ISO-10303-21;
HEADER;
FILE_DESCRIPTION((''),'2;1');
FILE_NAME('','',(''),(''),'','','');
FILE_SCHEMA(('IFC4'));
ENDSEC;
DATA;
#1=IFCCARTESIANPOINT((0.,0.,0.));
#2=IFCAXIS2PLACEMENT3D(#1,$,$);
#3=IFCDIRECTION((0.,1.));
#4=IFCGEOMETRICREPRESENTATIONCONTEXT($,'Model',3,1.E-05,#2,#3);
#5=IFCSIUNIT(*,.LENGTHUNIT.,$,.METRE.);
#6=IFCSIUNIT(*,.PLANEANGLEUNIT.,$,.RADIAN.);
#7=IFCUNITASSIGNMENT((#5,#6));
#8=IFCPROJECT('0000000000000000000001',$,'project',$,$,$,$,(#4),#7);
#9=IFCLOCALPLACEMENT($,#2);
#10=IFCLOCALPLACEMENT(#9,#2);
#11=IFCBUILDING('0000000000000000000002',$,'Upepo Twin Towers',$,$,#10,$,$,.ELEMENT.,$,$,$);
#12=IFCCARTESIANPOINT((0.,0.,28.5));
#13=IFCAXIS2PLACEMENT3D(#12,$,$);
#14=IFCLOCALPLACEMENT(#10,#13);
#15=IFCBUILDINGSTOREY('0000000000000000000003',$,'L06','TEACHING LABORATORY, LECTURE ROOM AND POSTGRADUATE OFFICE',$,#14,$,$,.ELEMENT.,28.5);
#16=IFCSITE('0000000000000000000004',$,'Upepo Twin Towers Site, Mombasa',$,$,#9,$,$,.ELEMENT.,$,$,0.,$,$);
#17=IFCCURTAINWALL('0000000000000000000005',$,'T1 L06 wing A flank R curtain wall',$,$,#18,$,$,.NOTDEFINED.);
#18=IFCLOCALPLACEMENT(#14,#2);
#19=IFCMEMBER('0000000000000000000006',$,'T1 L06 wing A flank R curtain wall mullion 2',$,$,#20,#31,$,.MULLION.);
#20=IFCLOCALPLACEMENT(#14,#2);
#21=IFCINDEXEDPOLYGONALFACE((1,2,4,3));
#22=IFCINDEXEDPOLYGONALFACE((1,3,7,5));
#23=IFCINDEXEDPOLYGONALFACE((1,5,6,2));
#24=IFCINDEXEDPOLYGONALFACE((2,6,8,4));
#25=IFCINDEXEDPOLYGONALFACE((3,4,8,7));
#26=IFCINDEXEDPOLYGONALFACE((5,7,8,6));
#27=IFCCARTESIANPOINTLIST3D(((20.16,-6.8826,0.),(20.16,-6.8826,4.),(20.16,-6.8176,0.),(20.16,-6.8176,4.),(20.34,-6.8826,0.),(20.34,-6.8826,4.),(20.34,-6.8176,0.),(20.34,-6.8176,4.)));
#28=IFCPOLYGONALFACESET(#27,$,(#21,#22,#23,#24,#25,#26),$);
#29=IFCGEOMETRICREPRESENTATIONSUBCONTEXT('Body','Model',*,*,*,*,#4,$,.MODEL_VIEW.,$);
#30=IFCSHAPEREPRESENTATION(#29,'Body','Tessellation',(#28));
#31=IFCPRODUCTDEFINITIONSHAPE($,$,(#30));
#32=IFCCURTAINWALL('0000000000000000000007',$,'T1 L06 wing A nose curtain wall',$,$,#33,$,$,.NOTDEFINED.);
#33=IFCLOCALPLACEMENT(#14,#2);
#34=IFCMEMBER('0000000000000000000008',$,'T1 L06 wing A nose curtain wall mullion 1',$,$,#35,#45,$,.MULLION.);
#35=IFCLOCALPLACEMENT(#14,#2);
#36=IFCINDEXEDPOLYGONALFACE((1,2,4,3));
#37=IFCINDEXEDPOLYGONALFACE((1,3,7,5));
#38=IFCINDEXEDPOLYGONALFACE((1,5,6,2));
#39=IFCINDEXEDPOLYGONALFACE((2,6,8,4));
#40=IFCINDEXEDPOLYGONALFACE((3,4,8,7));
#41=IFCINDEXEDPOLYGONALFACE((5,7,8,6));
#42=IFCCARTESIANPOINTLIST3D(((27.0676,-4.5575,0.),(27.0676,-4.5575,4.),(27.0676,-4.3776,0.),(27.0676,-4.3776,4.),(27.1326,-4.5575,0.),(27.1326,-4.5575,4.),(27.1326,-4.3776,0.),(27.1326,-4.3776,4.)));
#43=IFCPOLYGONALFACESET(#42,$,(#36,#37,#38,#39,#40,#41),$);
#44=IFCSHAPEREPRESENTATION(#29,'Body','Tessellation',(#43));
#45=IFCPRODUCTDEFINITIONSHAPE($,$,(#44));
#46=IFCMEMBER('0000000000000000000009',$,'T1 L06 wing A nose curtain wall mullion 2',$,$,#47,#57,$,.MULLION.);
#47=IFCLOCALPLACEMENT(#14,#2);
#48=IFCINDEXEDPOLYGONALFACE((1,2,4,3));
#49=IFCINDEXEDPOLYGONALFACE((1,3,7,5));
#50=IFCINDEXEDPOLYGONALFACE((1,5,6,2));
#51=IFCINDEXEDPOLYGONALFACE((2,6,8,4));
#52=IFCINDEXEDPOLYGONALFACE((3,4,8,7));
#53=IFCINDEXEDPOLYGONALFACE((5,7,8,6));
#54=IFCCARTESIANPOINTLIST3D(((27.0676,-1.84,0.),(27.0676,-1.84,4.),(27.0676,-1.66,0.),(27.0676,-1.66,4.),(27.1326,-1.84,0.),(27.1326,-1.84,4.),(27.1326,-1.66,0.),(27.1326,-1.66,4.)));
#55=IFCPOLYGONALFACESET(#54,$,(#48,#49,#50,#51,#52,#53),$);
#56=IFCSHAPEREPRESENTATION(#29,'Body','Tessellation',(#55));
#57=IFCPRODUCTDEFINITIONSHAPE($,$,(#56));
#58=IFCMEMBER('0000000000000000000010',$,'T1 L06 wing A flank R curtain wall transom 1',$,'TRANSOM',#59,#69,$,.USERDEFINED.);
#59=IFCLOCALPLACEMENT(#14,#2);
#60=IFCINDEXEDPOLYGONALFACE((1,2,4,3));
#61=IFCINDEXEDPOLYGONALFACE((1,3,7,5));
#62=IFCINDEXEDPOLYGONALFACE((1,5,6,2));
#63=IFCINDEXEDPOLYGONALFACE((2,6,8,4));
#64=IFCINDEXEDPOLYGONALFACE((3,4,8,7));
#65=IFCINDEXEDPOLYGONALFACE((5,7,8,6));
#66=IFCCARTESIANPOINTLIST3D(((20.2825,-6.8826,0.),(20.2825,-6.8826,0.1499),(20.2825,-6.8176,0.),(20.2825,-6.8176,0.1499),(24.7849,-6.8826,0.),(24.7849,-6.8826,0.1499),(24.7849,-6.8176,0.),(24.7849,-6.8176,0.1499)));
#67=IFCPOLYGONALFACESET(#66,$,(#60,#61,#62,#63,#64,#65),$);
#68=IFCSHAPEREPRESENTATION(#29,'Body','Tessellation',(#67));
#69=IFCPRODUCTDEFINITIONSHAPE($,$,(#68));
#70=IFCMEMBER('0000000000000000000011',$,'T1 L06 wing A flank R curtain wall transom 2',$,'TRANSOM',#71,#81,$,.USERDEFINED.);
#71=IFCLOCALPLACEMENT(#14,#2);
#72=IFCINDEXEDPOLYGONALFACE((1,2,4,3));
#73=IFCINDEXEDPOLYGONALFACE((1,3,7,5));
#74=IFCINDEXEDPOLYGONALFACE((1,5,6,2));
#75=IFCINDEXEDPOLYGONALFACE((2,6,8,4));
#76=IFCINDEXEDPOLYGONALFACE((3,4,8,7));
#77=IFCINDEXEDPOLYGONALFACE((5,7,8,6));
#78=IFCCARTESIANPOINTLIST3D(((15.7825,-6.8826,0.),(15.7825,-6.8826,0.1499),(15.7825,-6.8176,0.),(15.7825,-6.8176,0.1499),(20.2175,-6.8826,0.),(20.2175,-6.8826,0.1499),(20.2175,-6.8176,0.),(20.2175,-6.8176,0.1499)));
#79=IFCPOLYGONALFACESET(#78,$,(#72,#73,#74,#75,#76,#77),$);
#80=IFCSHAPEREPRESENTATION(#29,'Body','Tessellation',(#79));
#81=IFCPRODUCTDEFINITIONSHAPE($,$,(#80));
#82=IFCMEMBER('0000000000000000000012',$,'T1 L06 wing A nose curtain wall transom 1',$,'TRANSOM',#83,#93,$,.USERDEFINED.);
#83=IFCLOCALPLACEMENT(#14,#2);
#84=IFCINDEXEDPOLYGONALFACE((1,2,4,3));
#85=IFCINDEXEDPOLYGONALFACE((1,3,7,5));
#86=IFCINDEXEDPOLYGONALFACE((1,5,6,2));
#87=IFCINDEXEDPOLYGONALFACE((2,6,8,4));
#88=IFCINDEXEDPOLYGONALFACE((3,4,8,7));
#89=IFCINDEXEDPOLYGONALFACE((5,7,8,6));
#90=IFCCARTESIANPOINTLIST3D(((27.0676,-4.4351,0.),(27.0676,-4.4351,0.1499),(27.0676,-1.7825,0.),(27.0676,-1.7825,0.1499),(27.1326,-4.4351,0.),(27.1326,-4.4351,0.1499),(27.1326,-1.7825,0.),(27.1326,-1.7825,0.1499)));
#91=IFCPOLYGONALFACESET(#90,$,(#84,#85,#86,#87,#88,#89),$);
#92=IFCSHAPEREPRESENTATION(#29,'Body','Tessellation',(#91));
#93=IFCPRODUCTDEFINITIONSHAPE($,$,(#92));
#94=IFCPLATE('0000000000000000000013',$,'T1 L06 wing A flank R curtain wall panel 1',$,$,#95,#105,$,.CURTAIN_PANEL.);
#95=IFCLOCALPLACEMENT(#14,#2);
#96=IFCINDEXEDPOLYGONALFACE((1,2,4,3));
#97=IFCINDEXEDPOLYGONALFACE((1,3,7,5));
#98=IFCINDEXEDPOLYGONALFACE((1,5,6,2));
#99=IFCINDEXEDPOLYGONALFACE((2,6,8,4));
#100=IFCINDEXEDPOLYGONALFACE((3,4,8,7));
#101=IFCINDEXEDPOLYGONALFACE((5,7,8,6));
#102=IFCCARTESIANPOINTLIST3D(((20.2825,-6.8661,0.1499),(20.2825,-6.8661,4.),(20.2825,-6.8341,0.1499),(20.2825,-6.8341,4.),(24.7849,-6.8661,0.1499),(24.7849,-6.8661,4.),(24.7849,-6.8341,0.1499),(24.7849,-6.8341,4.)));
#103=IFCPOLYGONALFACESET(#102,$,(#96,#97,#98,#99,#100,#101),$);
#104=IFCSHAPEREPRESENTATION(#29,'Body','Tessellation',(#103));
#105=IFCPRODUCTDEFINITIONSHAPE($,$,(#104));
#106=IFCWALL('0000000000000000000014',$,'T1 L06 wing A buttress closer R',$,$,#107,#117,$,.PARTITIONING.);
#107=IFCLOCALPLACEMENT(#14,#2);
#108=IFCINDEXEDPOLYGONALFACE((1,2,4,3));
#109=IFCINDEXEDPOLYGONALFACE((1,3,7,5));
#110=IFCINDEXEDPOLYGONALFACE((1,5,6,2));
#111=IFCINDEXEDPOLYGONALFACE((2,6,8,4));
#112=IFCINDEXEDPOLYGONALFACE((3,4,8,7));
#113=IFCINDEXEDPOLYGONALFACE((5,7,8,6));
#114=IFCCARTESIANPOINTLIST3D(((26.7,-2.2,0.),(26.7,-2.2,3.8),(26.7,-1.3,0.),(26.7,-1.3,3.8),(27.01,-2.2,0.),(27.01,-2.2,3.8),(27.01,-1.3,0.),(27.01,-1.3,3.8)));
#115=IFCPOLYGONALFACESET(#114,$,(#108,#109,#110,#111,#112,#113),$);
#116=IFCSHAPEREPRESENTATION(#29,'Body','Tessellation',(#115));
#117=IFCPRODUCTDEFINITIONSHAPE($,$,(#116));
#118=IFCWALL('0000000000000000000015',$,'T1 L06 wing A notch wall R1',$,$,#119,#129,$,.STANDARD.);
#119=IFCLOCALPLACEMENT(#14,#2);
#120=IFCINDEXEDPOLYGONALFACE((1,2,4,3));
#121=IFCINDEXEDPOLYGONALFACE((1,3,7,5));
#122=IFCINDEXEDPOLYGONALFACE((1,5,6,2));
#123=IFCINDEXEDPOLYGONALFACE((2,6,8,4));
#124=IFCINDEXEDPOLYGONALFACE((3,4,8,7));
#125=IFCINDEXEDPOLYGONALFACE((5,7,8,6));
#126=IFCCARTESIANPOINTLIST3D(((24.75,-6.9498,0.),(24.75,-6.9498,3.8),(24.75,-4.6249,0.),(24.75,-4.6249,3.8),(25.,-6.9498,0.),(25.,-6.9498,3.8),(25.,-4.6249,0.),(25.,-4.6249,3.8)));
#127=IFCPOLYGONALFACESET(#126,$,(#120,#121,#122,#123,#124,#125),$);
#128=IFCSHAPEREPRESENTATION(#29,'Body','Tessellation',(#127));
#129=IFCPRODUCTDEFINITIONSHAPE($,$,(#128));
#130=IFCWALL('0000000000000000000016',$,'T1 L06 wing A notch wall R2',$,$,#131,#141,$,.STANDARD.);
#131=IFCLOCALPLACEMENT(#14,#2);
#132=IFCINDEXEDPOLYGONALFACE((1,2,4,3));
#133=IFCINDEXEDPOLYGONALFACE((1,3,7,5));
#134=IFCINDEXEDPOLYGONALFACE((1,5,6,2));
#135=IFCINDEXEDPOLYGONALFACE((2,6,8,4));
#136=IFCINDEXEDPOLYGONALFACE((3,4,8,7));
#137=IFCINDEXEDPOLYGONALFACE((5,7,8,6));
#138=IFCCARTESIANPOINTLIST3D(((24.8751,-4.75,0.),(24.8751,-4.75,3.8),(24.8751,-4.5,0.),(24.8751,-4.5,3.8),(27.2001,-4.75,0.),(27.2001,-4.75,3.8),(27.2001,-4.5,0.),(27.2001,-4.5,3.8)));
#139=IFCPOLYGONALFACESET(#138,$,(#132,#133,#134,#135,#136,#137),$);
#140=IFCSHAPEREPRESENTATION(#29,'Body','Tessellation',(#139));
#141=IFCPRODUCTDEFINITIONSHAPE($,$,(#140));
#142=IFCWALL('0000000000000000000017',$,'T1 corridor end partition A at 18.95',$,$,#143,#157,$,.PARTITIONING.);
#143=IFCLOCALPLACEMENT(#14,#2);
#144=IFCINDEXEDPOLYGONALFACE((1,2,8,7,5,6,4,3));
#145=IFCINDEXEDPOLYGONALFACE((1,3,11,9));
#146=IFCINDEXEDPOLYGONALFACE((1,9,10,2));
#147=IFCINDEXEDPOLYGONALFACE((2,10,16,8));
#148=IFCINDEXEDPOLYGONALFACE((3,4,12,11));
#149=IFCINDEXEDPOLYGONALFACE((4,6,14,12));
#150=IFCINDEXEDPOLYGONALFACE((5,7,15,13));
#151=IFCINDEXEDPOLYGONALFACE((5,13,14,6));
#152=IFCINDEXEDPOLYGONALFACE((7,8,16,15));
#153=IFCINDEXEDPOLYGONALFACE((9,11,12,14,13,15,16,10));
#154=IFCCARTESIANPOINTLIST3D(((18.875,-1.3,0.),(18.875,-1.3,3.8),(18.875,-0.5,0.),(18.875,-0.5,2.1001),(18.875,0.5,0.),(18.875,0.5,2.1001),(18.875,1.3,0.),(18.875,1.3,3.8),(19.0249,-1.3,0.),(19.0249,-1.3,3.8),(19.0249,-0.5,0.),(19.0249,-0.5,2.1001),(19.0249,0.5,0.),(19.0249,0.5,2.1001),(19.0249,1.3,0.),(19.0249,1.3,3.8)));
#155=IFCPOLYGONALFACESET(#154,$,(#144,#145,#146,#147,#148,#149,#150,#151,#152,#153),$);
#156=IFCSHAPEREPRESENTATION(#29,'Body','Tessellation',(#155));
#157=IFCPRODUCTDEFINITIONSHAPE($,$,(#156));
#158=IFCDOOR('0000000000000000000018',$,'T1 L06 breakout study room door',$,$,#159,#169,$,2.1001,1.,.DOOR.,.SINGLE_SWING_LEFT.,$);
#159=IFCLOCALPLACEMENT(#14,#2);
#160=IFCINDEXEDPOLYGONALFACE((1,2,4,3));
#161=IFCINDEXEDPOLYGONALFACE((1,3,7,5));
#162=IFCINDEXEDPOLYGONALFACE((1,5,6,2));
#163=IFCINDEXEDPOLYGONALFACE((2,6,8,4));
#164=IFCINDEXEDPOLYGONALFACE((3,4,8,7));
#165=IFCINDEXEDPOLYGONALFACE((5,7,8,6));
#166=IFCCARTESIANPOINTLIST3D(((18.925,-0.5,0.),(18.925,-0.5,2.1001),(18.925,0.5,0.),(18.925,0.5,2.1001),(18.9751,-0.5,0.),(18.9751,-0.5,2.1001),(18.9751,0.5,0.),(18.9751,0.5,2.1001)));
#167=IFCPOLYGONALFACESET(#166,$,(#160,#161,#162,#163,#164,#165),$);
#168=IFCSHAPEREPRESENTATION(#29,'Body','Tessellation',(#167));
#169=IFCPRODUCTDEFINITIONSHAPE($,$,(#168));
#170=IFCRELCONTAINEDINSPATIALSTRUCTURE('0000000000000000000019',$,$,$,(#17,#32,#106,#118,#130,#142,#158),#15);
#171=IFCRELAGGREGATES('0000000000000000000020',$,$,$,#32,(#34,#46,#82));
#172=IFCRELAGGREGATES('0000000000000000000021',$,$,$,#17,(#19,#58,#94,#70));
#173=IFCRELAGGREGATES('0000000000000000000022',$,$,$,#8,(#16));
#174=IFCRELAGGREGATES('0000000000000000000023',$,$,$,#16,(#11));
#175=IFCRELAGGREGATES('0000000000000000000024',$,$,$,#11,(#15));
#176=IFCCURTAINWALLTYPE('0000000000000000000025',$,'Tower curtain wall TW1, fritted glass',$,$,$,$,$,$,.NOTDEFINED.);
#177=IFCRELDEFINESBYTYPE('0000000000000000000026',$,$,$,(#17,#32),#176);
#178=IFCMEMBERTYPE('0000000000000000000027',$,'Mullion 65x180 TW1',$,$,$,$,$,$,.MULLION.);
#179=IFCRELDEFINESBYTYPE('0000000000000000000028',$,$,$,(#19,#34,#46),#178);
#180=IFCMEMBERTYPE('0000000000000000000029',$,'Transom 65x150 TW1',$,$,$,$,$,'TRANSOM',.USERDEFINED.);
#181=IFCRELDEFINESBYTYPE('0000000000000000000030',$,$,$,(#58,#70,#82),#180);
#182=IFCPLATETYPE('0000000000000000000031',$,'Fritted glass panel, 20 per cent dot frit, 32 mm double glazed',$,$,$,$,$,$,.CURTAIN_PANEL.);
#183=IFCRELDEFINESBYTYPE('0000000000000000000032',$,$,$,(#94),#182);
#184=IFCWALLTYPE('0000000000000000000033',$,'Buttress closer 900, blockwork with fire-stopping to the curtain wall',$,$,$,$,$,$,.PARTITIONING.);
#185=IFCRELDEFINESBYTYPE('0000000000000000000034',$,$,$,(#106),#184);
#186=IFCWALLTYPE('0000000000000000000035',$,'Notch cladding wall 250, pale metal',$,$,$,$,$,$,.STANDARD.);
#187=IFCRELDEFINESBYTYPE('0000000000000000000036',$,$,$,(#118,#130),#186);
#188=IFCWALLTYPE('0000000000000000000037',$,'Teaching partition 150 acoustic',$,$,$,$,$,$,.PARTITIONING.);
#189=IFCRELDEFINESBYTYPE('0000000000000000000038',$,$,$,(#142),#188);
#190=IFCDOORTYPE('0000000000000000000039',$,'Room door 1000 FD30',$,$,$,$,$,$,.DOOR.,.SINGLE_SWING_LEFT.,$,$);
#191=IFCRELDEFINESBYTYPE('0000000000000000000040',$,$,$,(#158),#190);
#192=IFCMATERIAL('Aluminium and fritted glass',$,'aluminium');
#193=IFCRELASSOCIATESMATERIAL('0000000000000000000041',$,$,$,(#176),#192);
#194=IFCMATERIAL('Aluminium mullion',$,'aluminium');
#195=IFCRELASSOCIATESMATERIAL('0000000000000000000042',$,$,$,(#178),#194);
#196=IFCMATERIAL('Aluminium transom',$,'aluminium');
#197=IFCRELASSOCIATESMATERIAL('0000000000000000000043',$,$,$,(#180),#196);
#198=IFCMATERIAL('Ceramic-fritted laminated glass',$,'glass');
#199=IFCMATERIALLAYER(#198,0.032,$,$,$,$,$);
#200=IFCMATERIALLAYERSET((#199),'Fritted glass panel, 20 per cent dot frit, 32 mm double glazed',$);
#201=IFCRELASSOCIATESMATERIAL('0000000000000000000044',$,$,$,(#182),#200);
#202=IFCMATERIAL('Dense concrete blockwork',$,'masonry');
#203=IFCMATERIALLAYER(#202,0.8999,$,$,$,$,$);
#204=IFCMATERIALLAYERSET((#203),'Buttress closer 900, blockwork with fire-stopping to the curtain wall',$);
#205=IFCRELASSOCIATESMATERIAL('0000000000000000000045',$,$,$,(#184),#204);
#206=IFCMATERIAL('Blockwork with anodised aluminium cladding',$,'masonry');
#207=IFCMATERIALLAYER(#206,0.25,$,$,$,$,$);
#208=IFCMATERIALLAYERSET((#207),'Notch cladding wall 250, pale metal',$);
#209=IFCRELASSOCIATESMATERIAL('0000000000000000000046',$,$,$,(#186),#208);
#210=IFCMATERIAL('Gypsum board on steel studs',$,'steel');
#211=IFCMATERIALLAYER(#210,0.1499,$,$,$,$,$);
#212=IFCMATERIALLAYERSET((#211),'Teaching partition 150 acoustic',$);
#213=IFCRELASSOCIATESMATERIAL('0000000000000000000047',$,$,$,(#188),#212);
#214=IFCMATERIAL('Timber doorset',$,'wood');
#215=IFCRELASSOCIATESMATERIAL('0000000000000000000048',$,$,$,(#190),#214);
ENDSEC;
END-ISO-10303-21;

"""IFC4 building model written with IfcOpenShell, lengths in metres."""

from ifc_helpers import new_model, si_unit, direction, frame, frame_2d, origin, origin_2d, place, context, subcontext, project, spatial, rectangle, extrude, material, layer, layer_set, material_profile, profile_set, type_object, element, fill, aggregate, save


model = new_model("IFC4")

# Units and contexts
model_context = context("Model", 3, precision=1e-05, world=origin(), true_north=direction((0.0, 1.0)))
body_context = subcontext(model_context, "Body", "Model", "MODEL_VIEW")
ifc_project = project(units=[si_unit("LENGTHUNIT", "METRE"), si_unit("PLANEANGLEUNIT", "RADIAN")], contexts=[model_context])

# Site, building, storey
site_placement = place(None, origin())
site = spatial("IfcSite", under=ifc_project, at=site_placement, Name="Upepo Twin Towers Site, Mombasa", CompositionType="ELEMENT", RefElevation=0.0)
building_placement = place(site_placement, origin())
building = spatial("IfcBuilding", under=site, at=building_placement, Name="Upepo Twin Towers", CompositionType="ELEMENT")
storey_placement = place(building_placement, frame((0.0, 0.0, 28.5)))
storey = spatial("IfcBuildingStorey", under=building, at=storey_placement, Name="L06", Description="TEACHING LABORATORY, LECTURE ROOM AND POSTGRADUATE OFFICE", CompositionType="ELEMENT", Elevation=28.5)

# Curtain walls, members
ifc_material_1 = material(Name="Aluminium and fritted glass", Category="aluminium")
curtain_wall_type = type_object("IfcCurtainWallType", Name="Tower curtain wall TW1, fritted glass", PredefinedType="NOTDEFINED", material=ifc_material_1)
curtain_wall_1_placement = place(storey_placement, origin())
curtain_wall_1 = element("IfcCurtainWall", 1, at=curtain_wall_1_placement, inside=storey, type_object=curtain_wall_type, Name="T1 L06 wing A flank R curtain wall", PredefinedType="NOTDEFINED")
ifc_material_2 = material(Name="Aluminium mullion", Category="aluminium")
ifc_material_profile_1 = material_profile(ifc_material_2, rectangle(XDim=0.0649, YDim=0.1799, at=origin_2d()), Name="MULLION 65x180")
ifc_profile_set_1 = profile_set([ifc_material_profile_1], Name="Aluminium mullion")
member_type_1 = type_object("IfcMemberType", Name="Mullion 65x180 TW1", PredefinedType="MULLION", material=ifc_profile_set_1)
member_1_placement = place(storey_placement, frame((20.25, -6.8501, 0.0), z_axis=(0.0, 0.0, 1.0), x_axis=(0.0, -1.0, 0.0)))
member_1 = element("IfcMember", 2, at=member_1_placement, type_object=member_type_1, Name="T1 L06 wing A flank R curtain wall mullion 2", PredefinedType="MULLION", context=body_context, shape_type="SweptSolid", body=[
    extrude(rectangle(XDim=0.0649, YDim=0.1799, at=origin_2d()), origin(), (0.0, 0.0, 1.0), 4.0),
])
curtain_wall_2_placement = place(storey_placement, origin())
curtain_wall_2 = element("IfcCurtainWall", 3, at=curtain_wall_2_placement, inside=storey, type_object=curtain_wall_type, Name="T1 L06 wing A nose curtain wall", PredefinedType="NOTDEFINED")
member_2_placement = place(storey_placement, frame((27.1001, -4.4675, 0.0), z_axis=(0.0, 0.0, 1.0), x_axis=(-1.0, 0.0, 0.0)))
member_2 = element("IfcMember", 4, at=member_2_placement, type_object=member_type_1, Name="T1 L06 wing A nose curtain wall mullion 1", PredefinedType="MULLION", context=body_context, shape_type="SweptSolid", body=[
    extrude(rectangle(XDim=0.0649, YDim=0.1799, at=origin_2d()), origin(), (0.0, 0.0, 1.0), 4.0),
])
member_3_placement = place(storey_placement, frame((27.1001, -1.75, 0.0), z_axis=(0.0, 0.0, 1.0), x_axis=(-1.0, 0.0, 0.0)))
member_3 = element("IfcMember", 5, at=member_3_placement, type_object=member_type_1, Name="T1 L06 wing A nose curtain wall mullion 2", PredefinedType="MULLION", context=body_context, shape_type="SweptSolid", body=[
    extrude(rectangle(XDim=0.0649, YDim=0.1799, at=origin_2d()), origin(), (0.0, 0.0, 1.0), 4.0),
])

# Members
ifc_material_3 = material(Name="Aluminium transom", Category="aluminium")
ifc_material_profile_2 = material_profile(ifc_material_3, rectangle(XDim=0.0649, YDim=0.1499, at=origin_2d()), Name="TRANSOM 65x150")
ifc_profile_set_2 = profile_set([ifc_material_profile_2], Name="Aluminium transom")
member_type_2 = type_object("IfcMemberType", Name="Transom 65x150 TW1", ElementType="TRANSOM", PredefinedType="USERDEFINED", material=ifc_profile_set_2)
member_4_placement = place(storey_placement, frame((24.7849, -6.8501, 0.075), z_axis=(-1.0, 0.0, 0.0), x_axis=(0.0, -1.0, 0.0)))
member_4 = element("IfcMember", 6, at=member_4_placement, type_object=member_type_2, Name="T1 L06 wing A flank R curtain wall transom 1", ObjectType="TRANSOM", PredefinedType="USERDEFINED", context=body_context, shape_type="SweptSolid", body=[
    extrude(rectangle(XDim=0.0649, YDim=0.1499, at=origin_2d()), origin(), (0.0, 0.0, 1.0), 4.5024),
])
member_5_placement = place(storey_placement, frame((20.2175, -6.8501, 0.075), z_axis=(-1.0, 0.0, 0.0), x_axis=(0.0, -1.0, 0.0)))
member_5 = element("IfcMember", 7, at=member_5_placement, type_object=member_type_2, Name="T1 L06 wing A flank R curtain wall transom 2", ObjectType="TRANSOM", PredefinedType="USERDEFINED", context=body_context, shape_type="SweptSolid", body=[
    extrude(rectangle(XDim=0.0649, YDim=0.1499, at=origin_2d()), origin(), (0.0, 0.0, 1.0), 4.4351),
])
member_6_placement = place(storey_placement, frame((27.1001, -4.4351, 0.075), z_axis=(0.0, 1.0, 0.0), x_axis=(-1.0, 0.0, 0.0)))
member_6 = element("IfcMember", 8, at=member_6_placement, type_object=member_type_2, Name="T1 L06 wing A nose curtain wall transom 1", ObjectType="TRANSOM", PredefinedType="USERDEFINED", context=body_context, shape_type="SweptSolid", body=[
    extrude(rectangle(XDim=0.0649, YDim=0.1499, at=origin_2d()), origin(), (0.0, 0.0, 1.0), 2.6526),
])
aggregate(curtain_wall_2, [member_2, member_3, member_6])

# Plate
ifc_material_4 = material(Name="Ceramic-fritted laminated glass", Category="glass")
ifc_layer_1 = layer(ifc_material_4, 0.032)
ifc_layer_set_1 = layer_set([ifc_layer_1], Name="Fritted glass panel, 20 per cent dot frit, 32 mm double glazed")
plate_type = type_object("IfcPlateType", Name="Fritted glass panel, 20 per cent dot frit, 32 mm double glazed", PredefinedType="CURTAIN_PANEL", material=ifc_layer_set_1)
plate_placement = place(storey_placement, frame((22.5337, -6.8501, 0.1499), z_axis=(0.0, 0.0, 1.0), x_axis=(-1.0, 0.0, 0.0)))
plate = element("IfcPlate", 9, at=plate_placement, type_object=plate_type, Name="T1 L06 wing A flank R curtain wall panel 1", PredefinedType="CURTAIN_PANEL", context=body_context, shape_type="SweptSolid", body=[
    extrude(rectangle(XDim=4.5024, YDim=0.032, at=origin_2d()), origin(), (0.0, 0.0, 1.0), 3.8501),
])
aggregate(curtain_wall_1, [member_1, member_4, plate, member_5])

# Walls
ifc_material_5 = material(Name="Dense concrete blockwork", Category="masonry")
ifc_layer_2 = layer(ifc_material_5, 0.8999)
ifc_layer_set_2 = layer_set([ifc_layer_2], Name="Buttress closer 900, blockwork with fire-stopping to the curtain wall")
wall_type_1 = type_object("IfcWallType", Name="Buttress closer 900, blockwork with fire-stopping to the curtain wall", PredefinedType="PARTITIONING", material=ifc_layer_set_2)
wall_1_placement = place(storey_placement, frame((26.7, -1.75, 0.0), z_axis=(0.0, 0.0, 1.0), x_axis=(1.0, 0.0, 0.0)))
element("IfcWall", 10, at=wall_1_placement, inside=storey, type_object=wall_type_1, Name="T1 L06 wing A buttress closer R", PredefinedType="PARTITIONING", context=body_context, shape_type="SweptSolid", body=[
    extrude(rectangle(XDim=0.3101, YDim=0.8999, at=frame_2d((0.155, 0.0))), origin(), (0.0, 0.0, 1.0), 3.8),
])
ifc_material_6 = material(Name="Blockwork with anodised aluminium cladding", Category="masonry")
ifc_layer_3 = layer(ifc_material_6, 0.25)
ifc_layer_set_3 = layer_set([ifc_layer_3], Name="Notch cladding wall 250, pale metal")
wall_type_2 = type_object("IfcWallType", Name="Notch cladding wall 250, pale metal", PredefinedType="STANDARD", material=ifc_layer_set_3)
for number, where, z_axis, x_axis, name in (
    (11, (24.875, -6.95, 0.0), (0.0, 0.0, 1.0), (0.0, 1.0, 0.0), "T1 L06 wing A notch wall R1"),
    (12, (24.875, -4.625, 0.0), (0.0, 0.0, 1.0), (1.0, 0.0, 0.0), "T1 L06 wing A notch wall R2"),
):
    element("IfcWall", number, at=place(storey_placement, frame(where, z_axis=z_axis, x_axis=x_axis)), inside=storey, type_object=wall_type_2, Name=name, PredefinedType="STANDARD", context=body_context, shape_type="SweptSolid", body=[
        extrude(rectangle(XDim=2.325, YDim=0.25, at=frame_2d((1.1626, 0.0))), origin(), (0.0, 0.0, 1.0), 3.8),
    ])

# Wall, opening, door
ifc_material_7 = material(Name="Gypsum board on steel studs", Category="steel")
ifc_layer_4 = layer(ifc_material_7, 0.1499)
ifc_layer_set_4 = layer_set([ifc_layer_4], Name="Teaching partition 150 acoustic")
wall_type_3 = type_object("IfcWallType", Name="Teaching partition 150 acoustic", PredefinedType="PARTITIONING", material=ifc_layer_set_4)
wall_2_placement = place(storey_placement, frame((18.95, -1.3, 0.0), z_axis=(0.0, 0.0, 1.0), x_axis=(0.0, 1.0, 0.0)))
wall_2 = element("IfcWall", 13, at=wall_2_placement, inside=storey, type_object=wall_type_3, Name="T1 corridor end partition A at 18.95", PredefinedType="PARTITIONING", context=body_context, shape_type="SweptSolid", body=[
    extrude(rectangle(XDim=2.6001, YDim=0.1499, at=frame_2d((1.3, 0.0))), origin(), (0.0, 0.0, 1.0), 3.8),
])
opening_placement = place(wall_2_placement, frame((0.8, 0.0, 0.0)))
opening = element("IfcOpeningElement", 14, at=opening_placement, cuts=wall_2, PredefinedType="OPENING", context=body_context, shape_type="SweptSolid", body=[
    extrude(rectangle(XDim=1.0, YDim=2.1001, at=frame_2d((0.5, 1.05))), frame((0.0, 0.085, 0.0), z_axis=(0.0, -1.0, 0.0), x_axis=(1.0, 0.0, 0.0)), (0.0, 0.0, 1.0), 0.1699),
])
ifc_material_8 = material(Name="Timber doorset", Category="wood")
door_type = type_object("IfcDoorType", Name="Room door 1000 FD30", OperationType="SINGLE_SWING_LEFT", PredefinedType="DOOR", material=ifc_material_8)
door_placement = place(opening_placement, origin())
door = element("IfcDoor", 15, at=door_placement, inside=storey, type_object=door_type, Name="T1 L06 breakout study room door", OperationType="SINGLE_SWING_LEFT", OverallHeight=2.1001, OverallWidth=1.0, PredefinedType="DOOR", context=body_context, shape_type="SweptSolid", body=[
    extrude(rectangle(XDim=1.0, YDim=2.1001, at=frame_2d((0.5, 1.05))), frame((0.0, 0.0249, 0.0), z_axis=(0.0, -1.0, 0.0), x_axis=(1.0, 0.0, 0.0)), (0.0, 0.0, 1.0), 0.05),
])
fill(opening, door)

save(model, "model.ifc")
